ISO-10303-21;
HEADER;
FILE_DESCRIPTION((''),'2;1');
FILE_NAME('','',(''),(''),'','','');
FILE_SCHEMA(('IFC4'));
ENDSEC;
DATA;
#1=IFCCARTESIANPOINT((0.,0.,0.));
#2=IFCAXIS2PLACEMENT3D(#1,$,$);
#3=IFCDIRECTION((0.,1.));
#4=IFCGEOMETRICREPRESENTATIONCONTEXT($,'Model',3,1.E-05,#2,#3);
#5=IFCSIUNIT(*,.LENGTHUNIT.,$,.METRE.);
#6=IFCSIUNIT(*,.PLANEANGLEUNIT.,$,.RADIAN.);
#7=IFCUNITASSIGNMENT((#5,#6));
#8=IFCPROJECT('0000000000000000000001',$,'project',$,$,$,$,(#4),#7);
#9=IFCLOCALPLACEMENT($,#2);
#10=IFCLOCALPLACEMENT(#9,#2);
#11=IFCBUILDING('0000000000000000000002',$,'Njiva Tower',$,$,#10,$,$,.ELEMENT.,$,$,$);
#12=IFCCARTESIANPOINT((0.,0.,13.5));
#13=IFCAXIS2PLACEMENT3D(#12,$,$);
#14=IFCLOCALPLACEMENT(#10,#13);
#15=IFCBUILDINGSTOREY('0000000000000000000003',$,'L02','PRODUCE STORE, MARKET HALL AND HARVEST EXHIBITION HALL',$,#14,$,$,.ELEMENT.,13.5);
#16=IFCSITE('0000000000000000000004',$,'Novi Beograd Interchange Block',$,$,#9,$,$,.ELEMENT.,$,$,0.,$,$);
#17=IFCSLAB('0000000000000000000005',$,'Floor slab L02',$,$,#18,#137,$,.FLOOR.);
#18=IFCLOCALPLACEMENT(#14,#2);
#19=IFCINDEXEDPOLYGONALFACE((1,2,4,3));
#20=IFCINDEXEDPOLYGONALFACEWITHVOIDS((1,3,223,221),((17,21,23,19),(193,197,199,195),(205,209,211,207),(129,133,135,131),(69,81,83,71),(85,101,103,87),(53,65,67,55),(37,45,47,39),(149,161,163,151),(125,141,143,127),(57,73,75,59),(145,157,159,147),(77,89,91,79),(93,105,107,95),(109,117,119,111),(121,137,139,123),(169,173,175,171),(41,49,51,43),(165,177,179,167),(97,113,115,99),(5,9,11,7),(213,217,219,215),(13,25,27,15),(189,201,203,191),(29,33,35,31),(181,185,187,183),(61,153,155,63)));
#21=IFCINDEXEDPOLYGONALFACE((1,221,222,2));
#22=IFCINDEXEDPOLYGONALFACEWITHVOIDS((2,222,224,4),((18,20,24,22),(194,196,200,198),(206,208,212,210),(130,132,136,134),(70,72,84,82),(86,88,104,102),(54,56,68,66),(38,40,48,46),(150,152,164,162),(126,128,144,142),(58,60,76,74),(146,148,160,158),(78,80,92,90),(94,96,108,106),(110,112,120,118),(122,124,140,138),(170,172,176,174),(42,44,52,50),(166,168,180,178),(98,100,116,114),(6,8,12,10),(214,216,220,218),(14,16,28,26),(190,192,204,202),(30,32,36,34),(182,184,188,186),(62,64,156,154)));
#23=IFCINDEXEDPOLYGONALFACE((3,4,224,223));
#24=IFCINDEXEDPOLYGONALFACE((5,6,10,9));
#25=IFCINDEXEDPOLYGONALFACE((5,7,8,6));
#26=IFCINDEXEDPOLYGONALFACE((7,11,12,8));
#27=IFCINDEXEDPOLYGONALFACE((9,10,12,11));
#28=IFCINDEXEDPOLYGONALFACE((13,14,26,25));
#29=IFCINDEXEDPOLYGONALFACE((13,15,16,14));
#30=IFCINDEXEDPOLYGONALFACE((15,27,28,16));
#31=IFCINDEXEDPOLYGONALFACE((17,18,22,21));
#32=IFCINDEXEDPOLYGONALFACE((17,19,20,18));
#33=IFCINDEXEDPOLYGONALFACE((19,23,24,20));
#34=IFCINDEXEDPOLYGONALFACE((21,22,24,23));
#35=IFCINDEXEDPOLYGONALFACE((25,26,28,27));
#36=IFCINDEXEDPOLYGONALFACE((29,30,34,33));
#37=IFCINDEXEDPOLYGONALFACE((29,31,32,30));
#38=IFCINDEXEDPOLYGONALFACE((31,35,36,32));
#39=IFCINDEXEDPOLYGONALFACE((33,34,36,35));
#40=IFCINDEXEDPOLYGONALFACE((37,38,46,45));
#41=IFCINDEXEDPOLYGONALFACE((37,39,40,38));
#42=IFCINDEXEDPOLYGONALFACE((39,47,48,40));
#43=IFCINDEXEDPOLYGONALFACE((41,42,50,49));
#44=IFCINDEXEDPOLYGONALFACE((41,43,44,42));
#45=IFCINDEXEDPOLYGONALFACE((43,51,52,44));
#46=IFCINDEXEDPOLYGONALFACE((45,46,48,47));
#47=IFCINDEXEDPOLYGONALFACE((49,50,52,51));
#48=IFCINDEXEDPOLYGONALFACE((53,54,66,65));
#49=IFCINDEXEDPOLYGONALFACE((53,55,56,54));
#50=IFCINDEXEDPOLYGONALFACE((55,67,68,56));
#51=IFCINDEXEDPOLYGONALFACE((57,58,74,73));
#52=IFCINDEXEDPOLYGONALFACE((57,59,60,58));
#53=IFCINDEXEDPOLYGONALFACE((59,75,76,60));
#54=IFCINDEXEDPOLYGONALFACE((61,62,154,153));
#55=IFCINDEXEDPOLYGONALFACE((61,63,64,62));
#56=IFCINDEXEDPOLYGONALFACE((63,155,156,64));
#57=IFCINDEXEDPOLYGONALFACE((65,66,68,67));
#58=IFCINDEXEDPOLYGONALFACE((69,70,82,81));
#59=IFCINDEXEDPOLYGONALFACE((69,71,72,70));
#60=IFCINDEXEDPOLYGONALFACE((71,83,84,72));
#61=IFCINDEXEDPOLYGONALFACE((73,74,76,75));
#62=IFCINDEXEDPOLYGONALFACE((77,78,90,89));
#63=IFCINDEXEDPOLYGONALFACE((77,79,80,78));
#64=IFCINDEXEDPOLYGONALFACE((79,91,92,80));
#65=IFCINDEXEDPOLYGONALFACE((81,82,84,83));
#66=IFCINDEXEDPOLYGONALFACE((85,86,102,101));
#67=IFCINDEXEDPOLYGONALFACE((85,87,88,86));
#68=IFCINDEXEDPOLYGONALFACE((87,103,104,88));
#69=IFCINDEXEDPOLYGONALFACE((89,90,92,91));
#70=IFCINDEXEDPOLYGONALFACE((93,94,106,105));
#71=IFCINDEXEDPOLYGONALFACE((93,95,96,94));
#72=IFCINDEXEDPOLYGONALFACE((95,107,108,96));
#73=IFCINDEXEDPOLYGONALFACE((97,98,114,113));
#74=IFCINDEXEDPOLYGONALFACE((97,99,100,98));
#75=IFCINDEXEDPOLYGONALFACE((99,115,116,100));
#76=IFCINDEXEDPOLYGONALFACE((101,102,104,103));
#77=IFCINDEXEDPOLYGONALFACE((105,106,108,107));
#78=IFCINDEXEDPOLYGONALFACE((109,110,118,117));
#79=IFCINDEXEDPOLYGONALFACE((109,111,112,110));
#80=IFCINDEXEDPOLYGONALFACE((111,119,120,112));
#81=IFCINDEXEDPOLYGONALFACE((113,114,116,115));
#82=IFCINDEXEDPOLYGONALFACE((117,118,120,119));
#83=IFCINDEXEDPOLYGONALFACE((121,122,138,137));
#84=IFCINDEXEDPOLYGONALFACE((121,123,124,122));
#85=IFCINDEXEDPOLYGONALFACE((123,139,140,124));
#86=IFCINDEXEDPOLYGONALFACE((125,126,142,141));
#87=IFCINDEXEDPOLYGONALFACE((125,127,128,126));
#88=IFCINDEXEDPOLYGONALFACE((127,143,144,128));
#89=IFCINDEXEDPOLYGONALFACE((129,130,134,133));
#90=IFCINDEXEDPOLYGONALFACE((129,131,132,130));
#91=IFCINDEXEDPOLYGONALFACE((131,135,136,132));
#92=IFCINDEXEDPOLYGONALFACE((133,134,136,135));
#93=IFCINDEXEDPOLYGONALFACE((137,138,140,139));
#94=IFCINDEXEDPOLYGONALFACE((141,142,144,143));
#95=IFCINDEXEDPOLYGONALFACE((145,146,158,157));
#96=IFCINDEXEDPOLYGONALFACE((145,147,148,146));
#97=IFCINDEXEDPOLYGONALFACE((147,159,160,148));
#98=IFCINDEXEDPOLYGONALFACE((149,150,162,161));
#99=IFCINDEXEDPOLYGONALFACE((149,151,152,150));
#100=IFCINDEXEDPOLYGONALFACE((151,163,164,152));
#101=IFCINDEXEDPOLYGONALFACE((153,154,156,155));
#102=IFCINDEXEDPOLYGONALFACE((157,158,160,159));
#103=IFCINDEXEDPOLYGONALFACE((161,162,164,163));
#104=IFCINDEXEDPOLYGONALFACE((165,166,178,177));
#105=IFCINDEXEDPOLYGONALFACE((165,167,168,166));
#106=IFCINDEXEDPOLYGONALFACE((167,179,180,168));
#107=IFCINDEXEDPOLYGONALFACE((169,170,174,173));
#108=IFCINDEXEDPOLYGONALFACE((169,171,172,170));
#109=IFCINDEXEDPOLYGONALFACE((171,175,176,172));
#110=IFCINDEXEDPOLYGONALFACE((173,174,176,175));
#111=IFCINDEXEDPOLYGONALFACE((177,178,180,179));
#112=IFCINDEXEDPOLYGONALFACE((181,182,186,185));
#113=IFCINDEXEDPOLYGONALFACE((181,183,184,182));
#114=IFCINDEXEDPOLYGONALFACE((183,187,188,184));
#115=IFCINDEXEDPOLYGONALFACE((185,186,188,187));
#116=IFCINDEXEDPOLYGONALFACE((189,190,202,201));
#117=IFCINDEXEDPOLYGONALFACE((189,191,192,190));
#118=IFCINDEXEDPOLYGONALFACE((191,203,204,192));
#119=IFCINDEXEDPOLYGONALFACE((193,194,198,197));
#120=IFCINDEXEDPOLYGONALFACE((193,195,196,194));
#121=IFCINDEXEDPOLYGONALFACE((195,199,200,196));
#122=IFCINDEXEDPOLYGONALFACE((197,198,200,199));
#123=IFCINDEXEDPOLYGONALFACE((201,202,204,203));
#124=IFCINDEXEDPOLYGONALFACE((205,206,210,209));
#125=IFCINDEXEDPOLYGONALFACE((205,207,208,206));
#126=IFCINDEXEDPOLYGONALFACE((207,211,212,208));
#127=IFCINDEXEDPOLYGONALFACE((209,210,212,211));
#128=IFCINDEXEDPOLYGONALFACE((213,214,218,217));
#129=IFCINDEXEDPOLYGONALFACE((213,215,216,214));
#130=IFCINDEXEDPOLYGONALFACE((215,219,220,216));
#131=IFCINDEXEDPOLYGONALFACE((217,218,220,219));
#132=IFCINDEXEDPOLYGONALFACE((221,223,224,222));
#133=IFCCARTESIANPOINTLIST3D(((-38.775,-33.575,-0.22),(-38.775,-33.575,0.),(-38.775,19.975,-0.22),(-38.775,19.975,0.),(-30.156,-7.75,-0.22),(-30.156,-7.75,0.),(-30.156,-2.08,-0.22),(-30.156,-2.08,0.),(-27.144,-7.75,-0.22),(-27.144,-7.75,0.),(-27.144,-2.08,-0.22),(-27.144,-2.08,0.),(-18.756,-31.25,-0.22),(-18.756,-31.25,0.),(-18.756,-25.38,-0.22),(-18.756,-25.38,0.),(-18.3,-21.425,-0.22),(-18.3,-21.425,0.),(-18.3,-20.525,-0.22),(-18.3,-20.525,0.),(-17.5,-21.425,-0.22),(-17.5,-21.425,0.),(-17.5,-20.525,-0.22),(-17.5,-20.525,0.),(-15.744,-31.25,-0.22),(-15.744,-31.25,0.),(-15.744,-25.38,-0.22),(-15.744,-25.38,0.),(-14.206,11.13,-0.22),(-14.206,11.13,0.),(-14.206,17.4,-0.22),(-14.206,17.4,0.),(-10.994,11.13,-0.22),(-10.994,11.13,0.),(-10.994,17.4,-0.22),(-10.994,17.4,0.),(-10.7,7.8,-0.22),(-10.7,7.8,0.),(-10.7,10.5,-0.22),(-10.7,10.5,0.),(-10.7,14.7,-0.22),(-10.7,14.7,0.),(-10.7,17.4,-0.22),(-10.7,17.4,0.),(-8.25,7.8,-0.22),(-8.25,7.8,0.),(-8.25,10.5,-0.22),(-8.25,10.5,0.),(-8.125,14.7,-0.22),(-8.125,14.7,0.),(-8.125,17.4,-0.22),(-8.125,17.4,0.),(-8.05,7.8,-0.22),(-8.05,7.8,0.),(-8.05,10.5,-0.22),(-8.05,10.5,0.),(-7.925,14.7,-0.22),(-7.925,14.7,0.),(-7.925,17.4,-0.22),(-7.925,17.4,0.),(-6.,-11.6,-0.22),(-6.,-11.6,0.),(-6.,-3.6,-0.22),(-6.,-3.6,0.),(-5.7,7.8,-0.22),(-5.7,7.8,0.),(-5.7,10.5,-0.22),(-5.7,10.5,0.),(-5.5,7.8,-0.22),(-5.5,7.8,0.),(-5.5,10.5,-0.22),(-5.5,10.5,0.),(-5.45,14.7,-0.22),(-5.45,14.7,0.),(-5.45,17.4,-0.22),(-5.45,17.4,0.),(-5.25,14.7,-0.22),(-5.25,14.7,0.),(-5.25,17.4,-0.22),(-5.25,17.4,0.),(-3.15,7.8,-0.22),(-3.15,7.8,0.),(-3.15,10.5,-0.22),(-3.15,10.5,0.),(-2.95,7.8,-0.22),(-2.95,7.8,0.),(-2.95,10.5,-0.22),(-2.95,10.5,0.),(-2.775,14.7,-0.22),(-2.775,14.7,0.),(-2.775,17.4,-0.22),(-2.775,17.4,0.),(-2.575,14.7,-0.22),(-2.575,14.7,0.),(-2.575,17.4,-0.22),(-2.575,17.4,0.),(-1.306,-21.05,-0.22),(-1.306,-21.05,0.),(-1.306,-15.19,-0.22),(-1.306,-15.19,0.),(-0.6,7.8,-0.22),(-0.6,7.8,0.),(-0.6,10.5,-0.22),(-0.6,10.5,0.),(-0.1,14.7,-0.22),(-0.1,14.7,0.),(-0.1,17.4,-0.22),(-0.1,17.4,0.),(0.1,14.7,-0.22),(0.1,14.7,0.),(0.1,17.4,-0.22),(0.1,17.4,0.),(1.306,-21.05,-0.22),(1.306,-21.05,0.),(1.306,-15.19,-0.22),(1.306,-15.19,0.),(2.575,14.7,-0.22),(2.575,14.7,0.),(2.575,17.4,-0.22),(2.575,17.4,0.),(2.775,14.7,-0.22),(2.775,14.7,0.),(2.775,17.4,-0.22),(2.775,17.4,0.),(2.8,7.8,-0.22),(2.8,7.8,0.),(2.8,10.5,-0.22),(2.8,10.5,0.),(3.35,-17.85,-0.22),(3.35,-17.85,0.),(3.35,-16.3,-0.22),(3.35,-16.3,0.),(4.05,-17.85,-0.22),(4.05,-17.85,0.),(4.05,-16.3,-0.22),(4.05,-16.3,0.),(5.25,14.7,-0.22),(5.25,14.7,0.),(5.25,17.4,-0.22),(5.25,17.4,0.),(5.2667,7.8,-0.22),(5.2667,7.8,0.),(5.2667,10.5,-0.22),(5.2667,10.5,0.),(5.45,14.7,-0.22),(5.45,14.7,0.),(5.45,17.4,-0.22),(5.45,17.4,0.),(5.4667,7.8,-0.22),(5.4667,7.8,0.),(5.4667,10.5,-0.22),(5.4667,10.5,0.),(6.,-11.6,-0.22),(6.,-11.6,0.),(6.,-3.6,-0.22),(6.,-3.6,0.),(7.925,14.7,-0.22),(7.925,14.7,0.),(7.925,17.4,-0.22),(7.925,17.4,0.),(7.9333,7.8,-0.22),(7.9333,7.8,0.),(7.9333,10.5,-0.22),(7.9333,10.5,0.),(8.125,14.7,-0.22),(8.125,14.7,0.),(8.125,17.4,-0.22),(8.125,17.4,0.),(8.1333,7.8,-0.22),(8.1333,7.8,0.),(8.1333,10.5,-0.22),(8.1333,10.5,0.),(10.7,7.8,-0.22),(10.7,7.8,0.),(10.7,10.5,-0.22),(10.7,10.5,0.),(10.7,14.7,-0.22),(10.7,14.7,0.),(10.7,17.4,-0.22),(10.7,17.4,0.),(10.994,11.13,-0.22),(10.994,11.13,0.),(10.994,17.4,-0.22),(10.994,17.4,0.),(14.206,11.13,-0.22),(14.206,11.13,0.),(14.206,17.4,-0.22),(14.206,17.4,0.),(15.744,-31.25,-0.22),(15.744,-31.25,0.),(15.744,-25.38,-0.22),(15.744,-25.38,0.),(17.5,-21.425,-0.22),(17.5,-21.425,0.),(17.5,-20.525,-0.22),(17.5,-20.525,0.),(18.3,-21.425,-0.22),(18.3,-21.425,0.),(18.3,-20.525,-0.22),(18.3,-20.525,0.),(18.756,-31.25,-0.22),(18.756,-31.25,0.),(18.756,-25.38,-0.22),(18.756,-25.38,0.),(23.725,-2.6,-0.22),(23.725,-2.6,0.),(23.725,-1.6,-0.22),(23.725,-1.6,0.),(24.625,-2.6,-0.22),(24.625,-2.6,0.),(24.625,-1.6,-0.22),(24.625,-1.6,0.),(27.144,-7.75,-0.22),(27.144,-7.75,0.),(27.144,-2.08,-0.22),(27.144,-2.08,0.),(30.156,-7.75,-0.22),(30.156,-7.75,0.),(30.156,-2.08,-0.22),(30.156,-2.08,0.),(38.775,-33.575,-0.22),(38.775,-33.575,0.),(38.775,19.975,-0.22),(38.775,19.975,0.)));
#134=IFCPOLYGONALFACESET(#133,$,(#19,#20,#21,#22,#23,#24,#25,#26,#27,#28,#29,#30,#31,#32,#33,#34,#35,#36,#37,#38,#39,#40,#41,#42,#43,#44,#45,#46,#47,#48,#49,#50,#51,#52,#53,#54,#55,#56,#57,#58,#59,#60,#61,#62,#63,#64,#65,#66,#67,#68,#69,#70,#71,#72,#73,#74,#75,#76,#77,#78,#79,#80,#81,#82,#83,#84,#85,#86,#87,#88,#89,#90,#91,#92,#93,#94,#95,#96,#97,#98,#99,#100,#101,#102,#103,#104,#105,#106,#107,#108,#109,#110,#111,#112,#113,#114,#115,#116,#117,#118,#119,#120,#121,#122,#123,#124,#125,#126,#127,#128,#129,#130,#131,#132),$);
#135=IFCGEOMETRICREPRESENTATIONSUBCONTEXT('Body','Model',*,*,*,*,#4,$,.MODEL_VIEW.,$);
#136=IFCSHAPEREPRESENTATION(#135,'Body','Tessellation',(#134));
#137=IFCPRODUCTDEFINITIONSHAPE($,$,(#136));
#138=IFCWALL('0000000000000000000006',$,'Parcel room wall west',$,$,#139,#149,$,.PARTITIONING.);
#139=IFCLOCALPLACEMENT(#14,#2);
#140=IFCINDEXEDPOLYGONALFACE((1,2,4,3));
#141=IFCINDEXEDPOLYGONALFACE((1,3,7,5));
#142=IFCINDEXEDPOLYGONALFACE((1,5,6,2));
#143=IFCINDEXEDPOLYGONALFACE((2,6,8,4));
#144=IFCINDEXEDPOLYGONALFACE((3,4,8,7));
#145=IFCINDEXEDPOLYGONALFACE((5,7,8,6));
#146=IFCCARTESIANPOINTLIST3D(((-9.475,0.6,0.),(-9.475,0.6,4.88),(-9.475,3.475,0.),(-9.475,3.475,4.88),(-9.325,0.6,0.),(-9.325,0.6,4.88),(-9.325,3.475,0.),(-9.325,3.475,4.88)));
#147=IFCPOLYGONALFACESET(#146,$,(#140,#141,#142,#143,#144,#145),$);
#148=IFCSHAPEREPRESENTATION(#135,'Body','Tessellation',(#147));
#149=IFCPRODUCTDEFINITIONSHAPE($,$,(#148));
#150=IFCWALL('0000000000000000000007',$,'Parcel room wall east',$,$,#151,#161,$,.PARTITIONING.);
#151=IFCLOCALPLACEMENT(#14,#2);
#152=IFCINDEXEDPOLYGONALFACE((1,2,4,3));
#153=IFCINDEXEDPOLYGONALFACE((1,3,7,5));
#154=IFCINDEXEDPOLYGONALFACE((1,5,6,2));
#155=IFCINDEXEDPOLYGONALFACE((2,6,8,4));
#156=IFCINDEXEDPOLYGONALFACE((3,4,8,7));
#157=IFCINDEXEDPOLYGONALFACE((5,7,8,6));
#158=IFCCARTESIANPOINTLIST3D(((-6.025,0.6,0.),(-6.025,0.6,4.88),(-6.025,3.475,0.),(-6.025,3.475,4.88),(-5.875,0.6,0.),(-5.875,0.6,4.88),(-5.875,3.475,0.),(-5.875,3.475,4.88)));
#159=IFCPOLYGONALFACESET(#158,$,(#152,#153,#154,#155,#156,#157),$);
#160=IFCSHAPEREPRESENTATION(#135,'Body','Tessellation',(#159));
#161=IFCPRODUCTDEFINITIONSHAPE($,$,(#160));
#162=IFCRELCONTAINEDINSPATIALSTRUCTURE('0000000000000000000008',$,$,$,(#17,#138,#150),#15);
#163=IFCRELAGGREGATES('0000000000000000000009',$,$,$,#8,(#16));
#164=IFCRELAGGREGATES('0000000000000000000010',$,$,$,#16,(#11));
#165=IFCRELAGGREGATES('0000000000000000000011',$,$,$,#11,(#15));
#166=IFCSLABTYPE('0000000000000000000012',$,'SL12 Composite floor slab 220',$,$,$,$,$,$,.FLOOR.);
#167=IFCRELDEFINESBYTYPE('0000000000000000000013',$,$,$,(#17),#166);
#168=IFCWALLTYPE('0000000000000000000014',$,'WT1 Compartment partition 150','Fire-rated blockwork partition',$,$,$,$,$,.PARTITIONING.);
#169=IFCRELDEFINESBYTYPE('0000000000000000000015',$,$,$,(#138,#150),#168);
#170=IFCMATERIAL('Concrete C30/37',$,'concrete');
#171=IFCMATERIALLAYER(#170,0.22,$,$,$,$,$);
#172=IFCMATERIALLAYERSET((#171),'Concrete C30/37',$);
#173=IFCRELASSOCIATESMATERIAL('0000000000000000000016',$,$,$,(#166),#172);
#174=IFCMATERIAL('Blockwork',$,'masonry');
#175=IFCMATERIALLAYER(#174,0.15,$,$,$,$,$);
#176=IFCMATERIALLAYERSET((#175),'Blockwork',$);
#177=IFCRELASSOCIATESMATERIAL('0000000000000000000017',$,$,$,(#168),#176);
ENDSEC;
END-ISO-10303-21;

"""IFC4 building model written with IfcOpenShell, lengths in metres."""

from ifc_helpers import new_model, si_unit, direction, frame, frame_2d, origin, place, context, subcontext, project, spatial, polyline, rectangle, outline, extrude, material, layer, layer_set, type_object, element, save


model = new_model("IFC4")

# Units and contexts
model_context = context("Model", 3, precision=1e-05, world=origin(), true_north=direction((0.0, 1.0)))
body_context = subcontext(model_context, "Body", "Model", "MODEL_VIEW")
ifc_project = project(units=[si_unit("LENGTHUNIT", "METRE"), si_unit("PLANEANGLEUNIT", "RADIAN")], contexts=[model_context])

# Site, building, storey
site_placement = place(None, origin())
site = spatial("IfcSite", under=ifc_project, at=site_placement, Name="Novi Beograd Interchange Block", CompositionType="ELEMENT", RefElevation=0.0)
building_placement = place(site_placement, origin())
building = spatial("IfcBuilding", under=site, at=building_placement, Name="Njiva Tower", CompositionType="ELEMENT")
storey_placement = place(building_placement, frame((0.0, 0.0, 13.5)))
storey = spatial("IfcBuildingStorey", under=building, at=storey_placement, Name="L02", Description="PRODUCE STORE, MARKET HALL AND HARVEST EXHIBITION HALL", CompositionType="ELEMENT", Elevation=13.5)

# Slab
ifc_material_1 = material(Name="Concrete C30/37", Category="concrete")
ifc_layer_1 = layer(ifc_material_1, 0.22)
ifc_layer_set_1 = layer_set([ifc_layer_1], Name="Concrete C30/37")
slab_type_1 = type_object("IfcSlabType", Name="SL12 Composite floor slab 220", PredefinedType="FLOOR", material=ifc_layer_set_1)
slab_1_placement = place(storey_placement, frame((0.0, 0.0, -0.22)))
element("IfcSlab", 1, at=slab_1_placement, inside=storey, type_object=slab_type_1, Name="Floor slab L02", PredefinedType="FLOOR", context=body_context, shape_type="SweptSolid", body=[
    extrude(outline(polyline([(-38.775, -33.575), (-38.775, 19.975), (38.775, 19.975), (38.775, -33.575), (-38.775, -33.575)]), holes=[polyline([(27.144, -2.08), (27.144, -7.75), (30.156, -7.75), (30.156, -2.08), (27.144, -2.08)]), polyline([(23.725, -2.6), (24.625, -2.6), (24.625, -1.6), (23.725, -1.6), (23.725, -2.6)]), polyline([(15.744, -25.38), (15.744, -31.25), (18.756, -31.25), (18.756, -25.38), (15.744, -25.38)]), polyline([(17.5, -20.525), (17.5, -21.425), (18.3, -21.425), (18.3, -20.525), (17.5, -20.525)]), polyline([(10.994, 17.4), (10.994, 11.13), (14.206, 11.13), (14.206, 17.4), (10.994, 17.4)]), polyline([(8.125, 17.4), (8.125, 14.7), (10.7, 14.7), (10.7, 17.4), (8.125, 17.4)]), polyline([(8.1333, 10.5), (8.1333, 7.8), (10.7, 7.8), (10.7, 10.5), (8.1333, 10.5)]), polyline([(5.4667, 7.8), (7.9333, 7.8), (7.9333, 10.5), (5.4667, 10.5), (5.4667, 7.8)]), polyline([(5.45, 17.4), (5.45, 14.7), (7.925, 14.7), (7.925, 17.4), (5.45, 17.4)]), polyline([(6.0, -11.6), (6.0, -3.6), (-6.0, -3.6), (-6.0, -11.6), (6.0, -11.6)]), polyline([(2.8, 10.5), (2.8, 7.8), (5.2667, 7.8), (5.2667, 10.5), (2.8, 10.5)]), polyline([(2.775, 17.4), (2.775, 14.7), (5.25, 14.7), (5.25, 17.4), (2.775, 17.4)]), polyline([(3.35, -16.3), (3.35, -17.85), (4.05, -17.85), (4.05, -16.3), (3.35, -16.3)]), polyline([(0.1, 17.4), (0.1, 14.7), (2.575, 14.7), (2.575, 17.4), (0.1, 17.4)]), polyline([(-1.306, -15.19), (-1.306, -21.05), (1.306, -21.05), (1.306, -15.19), (-1.306, -15.19)]), polyline([(-2.575, 14.7), (-0.1, 14.7), (-0.1, 17.4), (-2.575, 17.4), (-2.575, 14.7)]), polyline([(-2.95, 10.5), (-2.95, 7.8), (-0.6, 7.8), (-0.6, 10.5), (-2.95, 10.5)]), polyline([(-5.25, 17.4), (-5.25, 14.7), (-2.775, 14.7), (-2.775, 17.4), (-5.25, 17.4)]), polyline([(-5.5, 10.5), (-5.5, 7.8), (-3.15, 7.8), (-3.15, 10.5), (-5.5, 10.5)]), polyline([(-7.925, 17.4), (-7.925, 14.7), (-5.45, 14.7), (-5.45, 17.4), (-7.925, 17.4)]), polyline([(-8.05, 7.8), (-5.7, 7.8), (-5.7, 10.5), (-8.05, 10.5), (-8.05, 7.8)]), polyline([(-10.7, 17.4), (-10.7, 14.7), (-8.125, 14.7), (-8.125, 17.4), (-10.7, 17.4)]), polyline([(-10.7, 10.5), (-10.7, 7.8), (-8.25, 7.8), (-8.25, 10.5), (-10.7, 10.5)]), polyline([(-14.206, 17.4), (-14.206, 11.13), (-10.994, 11.13), (-10.994, 17.4), (-14.206, 17.4)]), polyline([(-18.756, -31.25), (-15.744, -31.25), (-15.744, -25.38), (-18.756, -25.38), (-18.756, -31.25)]), polyline([(-18.3, -20.525), (-18.3, -21.425), (-17.5, -21.425), (-17.5, -20.525), (-18.3, -20.525)]), polyline([(-30.156, -2.08), (-30.156, -7.75), (-27.144, -7.75), (-27.144, -2.08), (-30.156, -2.08)])]), origin(), (0.0, 0.0, 1.0), 0.22),
])

# Walls
ifc_material_2 = material(Name="Blockwork", Category="masonry")
ifc_layer_2 = layer(ifc_material_2, 0.15)
ifc_layer_set_2 = layer_set([ifc_layer_2], Name="Blockwork")
wall_type_1 = type_object("IfcWallType", Name="WT1 Compartment partition 150", Description="Fire-rated blockwork partition", PredefinedType="PARTITIONING", material=ifc_layer_set_2)
for number, where, z_axis, x_axis, name in (
    (2, (-9.4, 0.6, 0.0), (0.0, 0.0, 1.0), (0.0, 1.0, 0.0), "Parcel room wall west"),
    (3, (-5.95, 0.6, 0.0), (0.0, 0.0, 1.0), (0.0, 1.0, 0.0), "Parcel room wall east"),
):
    element("IfcWall", number, at=place(storey_placement, frame(where, z_axis=z_axis, x_axis=x_axis)), inside=storey, type_object=wall_type_1, Name=name, PredefinedType="PARTITIONING", context=body_context, shape_type="SweptSolid", body=[
        extrude(rectangle(XDim=2.875, YDim=0.15, at=frame_2d((1.4375, 0.0))), origin(), (0.0, 0.0, 1.0), 4.88),
    ])

save(model, "model.ifc")
